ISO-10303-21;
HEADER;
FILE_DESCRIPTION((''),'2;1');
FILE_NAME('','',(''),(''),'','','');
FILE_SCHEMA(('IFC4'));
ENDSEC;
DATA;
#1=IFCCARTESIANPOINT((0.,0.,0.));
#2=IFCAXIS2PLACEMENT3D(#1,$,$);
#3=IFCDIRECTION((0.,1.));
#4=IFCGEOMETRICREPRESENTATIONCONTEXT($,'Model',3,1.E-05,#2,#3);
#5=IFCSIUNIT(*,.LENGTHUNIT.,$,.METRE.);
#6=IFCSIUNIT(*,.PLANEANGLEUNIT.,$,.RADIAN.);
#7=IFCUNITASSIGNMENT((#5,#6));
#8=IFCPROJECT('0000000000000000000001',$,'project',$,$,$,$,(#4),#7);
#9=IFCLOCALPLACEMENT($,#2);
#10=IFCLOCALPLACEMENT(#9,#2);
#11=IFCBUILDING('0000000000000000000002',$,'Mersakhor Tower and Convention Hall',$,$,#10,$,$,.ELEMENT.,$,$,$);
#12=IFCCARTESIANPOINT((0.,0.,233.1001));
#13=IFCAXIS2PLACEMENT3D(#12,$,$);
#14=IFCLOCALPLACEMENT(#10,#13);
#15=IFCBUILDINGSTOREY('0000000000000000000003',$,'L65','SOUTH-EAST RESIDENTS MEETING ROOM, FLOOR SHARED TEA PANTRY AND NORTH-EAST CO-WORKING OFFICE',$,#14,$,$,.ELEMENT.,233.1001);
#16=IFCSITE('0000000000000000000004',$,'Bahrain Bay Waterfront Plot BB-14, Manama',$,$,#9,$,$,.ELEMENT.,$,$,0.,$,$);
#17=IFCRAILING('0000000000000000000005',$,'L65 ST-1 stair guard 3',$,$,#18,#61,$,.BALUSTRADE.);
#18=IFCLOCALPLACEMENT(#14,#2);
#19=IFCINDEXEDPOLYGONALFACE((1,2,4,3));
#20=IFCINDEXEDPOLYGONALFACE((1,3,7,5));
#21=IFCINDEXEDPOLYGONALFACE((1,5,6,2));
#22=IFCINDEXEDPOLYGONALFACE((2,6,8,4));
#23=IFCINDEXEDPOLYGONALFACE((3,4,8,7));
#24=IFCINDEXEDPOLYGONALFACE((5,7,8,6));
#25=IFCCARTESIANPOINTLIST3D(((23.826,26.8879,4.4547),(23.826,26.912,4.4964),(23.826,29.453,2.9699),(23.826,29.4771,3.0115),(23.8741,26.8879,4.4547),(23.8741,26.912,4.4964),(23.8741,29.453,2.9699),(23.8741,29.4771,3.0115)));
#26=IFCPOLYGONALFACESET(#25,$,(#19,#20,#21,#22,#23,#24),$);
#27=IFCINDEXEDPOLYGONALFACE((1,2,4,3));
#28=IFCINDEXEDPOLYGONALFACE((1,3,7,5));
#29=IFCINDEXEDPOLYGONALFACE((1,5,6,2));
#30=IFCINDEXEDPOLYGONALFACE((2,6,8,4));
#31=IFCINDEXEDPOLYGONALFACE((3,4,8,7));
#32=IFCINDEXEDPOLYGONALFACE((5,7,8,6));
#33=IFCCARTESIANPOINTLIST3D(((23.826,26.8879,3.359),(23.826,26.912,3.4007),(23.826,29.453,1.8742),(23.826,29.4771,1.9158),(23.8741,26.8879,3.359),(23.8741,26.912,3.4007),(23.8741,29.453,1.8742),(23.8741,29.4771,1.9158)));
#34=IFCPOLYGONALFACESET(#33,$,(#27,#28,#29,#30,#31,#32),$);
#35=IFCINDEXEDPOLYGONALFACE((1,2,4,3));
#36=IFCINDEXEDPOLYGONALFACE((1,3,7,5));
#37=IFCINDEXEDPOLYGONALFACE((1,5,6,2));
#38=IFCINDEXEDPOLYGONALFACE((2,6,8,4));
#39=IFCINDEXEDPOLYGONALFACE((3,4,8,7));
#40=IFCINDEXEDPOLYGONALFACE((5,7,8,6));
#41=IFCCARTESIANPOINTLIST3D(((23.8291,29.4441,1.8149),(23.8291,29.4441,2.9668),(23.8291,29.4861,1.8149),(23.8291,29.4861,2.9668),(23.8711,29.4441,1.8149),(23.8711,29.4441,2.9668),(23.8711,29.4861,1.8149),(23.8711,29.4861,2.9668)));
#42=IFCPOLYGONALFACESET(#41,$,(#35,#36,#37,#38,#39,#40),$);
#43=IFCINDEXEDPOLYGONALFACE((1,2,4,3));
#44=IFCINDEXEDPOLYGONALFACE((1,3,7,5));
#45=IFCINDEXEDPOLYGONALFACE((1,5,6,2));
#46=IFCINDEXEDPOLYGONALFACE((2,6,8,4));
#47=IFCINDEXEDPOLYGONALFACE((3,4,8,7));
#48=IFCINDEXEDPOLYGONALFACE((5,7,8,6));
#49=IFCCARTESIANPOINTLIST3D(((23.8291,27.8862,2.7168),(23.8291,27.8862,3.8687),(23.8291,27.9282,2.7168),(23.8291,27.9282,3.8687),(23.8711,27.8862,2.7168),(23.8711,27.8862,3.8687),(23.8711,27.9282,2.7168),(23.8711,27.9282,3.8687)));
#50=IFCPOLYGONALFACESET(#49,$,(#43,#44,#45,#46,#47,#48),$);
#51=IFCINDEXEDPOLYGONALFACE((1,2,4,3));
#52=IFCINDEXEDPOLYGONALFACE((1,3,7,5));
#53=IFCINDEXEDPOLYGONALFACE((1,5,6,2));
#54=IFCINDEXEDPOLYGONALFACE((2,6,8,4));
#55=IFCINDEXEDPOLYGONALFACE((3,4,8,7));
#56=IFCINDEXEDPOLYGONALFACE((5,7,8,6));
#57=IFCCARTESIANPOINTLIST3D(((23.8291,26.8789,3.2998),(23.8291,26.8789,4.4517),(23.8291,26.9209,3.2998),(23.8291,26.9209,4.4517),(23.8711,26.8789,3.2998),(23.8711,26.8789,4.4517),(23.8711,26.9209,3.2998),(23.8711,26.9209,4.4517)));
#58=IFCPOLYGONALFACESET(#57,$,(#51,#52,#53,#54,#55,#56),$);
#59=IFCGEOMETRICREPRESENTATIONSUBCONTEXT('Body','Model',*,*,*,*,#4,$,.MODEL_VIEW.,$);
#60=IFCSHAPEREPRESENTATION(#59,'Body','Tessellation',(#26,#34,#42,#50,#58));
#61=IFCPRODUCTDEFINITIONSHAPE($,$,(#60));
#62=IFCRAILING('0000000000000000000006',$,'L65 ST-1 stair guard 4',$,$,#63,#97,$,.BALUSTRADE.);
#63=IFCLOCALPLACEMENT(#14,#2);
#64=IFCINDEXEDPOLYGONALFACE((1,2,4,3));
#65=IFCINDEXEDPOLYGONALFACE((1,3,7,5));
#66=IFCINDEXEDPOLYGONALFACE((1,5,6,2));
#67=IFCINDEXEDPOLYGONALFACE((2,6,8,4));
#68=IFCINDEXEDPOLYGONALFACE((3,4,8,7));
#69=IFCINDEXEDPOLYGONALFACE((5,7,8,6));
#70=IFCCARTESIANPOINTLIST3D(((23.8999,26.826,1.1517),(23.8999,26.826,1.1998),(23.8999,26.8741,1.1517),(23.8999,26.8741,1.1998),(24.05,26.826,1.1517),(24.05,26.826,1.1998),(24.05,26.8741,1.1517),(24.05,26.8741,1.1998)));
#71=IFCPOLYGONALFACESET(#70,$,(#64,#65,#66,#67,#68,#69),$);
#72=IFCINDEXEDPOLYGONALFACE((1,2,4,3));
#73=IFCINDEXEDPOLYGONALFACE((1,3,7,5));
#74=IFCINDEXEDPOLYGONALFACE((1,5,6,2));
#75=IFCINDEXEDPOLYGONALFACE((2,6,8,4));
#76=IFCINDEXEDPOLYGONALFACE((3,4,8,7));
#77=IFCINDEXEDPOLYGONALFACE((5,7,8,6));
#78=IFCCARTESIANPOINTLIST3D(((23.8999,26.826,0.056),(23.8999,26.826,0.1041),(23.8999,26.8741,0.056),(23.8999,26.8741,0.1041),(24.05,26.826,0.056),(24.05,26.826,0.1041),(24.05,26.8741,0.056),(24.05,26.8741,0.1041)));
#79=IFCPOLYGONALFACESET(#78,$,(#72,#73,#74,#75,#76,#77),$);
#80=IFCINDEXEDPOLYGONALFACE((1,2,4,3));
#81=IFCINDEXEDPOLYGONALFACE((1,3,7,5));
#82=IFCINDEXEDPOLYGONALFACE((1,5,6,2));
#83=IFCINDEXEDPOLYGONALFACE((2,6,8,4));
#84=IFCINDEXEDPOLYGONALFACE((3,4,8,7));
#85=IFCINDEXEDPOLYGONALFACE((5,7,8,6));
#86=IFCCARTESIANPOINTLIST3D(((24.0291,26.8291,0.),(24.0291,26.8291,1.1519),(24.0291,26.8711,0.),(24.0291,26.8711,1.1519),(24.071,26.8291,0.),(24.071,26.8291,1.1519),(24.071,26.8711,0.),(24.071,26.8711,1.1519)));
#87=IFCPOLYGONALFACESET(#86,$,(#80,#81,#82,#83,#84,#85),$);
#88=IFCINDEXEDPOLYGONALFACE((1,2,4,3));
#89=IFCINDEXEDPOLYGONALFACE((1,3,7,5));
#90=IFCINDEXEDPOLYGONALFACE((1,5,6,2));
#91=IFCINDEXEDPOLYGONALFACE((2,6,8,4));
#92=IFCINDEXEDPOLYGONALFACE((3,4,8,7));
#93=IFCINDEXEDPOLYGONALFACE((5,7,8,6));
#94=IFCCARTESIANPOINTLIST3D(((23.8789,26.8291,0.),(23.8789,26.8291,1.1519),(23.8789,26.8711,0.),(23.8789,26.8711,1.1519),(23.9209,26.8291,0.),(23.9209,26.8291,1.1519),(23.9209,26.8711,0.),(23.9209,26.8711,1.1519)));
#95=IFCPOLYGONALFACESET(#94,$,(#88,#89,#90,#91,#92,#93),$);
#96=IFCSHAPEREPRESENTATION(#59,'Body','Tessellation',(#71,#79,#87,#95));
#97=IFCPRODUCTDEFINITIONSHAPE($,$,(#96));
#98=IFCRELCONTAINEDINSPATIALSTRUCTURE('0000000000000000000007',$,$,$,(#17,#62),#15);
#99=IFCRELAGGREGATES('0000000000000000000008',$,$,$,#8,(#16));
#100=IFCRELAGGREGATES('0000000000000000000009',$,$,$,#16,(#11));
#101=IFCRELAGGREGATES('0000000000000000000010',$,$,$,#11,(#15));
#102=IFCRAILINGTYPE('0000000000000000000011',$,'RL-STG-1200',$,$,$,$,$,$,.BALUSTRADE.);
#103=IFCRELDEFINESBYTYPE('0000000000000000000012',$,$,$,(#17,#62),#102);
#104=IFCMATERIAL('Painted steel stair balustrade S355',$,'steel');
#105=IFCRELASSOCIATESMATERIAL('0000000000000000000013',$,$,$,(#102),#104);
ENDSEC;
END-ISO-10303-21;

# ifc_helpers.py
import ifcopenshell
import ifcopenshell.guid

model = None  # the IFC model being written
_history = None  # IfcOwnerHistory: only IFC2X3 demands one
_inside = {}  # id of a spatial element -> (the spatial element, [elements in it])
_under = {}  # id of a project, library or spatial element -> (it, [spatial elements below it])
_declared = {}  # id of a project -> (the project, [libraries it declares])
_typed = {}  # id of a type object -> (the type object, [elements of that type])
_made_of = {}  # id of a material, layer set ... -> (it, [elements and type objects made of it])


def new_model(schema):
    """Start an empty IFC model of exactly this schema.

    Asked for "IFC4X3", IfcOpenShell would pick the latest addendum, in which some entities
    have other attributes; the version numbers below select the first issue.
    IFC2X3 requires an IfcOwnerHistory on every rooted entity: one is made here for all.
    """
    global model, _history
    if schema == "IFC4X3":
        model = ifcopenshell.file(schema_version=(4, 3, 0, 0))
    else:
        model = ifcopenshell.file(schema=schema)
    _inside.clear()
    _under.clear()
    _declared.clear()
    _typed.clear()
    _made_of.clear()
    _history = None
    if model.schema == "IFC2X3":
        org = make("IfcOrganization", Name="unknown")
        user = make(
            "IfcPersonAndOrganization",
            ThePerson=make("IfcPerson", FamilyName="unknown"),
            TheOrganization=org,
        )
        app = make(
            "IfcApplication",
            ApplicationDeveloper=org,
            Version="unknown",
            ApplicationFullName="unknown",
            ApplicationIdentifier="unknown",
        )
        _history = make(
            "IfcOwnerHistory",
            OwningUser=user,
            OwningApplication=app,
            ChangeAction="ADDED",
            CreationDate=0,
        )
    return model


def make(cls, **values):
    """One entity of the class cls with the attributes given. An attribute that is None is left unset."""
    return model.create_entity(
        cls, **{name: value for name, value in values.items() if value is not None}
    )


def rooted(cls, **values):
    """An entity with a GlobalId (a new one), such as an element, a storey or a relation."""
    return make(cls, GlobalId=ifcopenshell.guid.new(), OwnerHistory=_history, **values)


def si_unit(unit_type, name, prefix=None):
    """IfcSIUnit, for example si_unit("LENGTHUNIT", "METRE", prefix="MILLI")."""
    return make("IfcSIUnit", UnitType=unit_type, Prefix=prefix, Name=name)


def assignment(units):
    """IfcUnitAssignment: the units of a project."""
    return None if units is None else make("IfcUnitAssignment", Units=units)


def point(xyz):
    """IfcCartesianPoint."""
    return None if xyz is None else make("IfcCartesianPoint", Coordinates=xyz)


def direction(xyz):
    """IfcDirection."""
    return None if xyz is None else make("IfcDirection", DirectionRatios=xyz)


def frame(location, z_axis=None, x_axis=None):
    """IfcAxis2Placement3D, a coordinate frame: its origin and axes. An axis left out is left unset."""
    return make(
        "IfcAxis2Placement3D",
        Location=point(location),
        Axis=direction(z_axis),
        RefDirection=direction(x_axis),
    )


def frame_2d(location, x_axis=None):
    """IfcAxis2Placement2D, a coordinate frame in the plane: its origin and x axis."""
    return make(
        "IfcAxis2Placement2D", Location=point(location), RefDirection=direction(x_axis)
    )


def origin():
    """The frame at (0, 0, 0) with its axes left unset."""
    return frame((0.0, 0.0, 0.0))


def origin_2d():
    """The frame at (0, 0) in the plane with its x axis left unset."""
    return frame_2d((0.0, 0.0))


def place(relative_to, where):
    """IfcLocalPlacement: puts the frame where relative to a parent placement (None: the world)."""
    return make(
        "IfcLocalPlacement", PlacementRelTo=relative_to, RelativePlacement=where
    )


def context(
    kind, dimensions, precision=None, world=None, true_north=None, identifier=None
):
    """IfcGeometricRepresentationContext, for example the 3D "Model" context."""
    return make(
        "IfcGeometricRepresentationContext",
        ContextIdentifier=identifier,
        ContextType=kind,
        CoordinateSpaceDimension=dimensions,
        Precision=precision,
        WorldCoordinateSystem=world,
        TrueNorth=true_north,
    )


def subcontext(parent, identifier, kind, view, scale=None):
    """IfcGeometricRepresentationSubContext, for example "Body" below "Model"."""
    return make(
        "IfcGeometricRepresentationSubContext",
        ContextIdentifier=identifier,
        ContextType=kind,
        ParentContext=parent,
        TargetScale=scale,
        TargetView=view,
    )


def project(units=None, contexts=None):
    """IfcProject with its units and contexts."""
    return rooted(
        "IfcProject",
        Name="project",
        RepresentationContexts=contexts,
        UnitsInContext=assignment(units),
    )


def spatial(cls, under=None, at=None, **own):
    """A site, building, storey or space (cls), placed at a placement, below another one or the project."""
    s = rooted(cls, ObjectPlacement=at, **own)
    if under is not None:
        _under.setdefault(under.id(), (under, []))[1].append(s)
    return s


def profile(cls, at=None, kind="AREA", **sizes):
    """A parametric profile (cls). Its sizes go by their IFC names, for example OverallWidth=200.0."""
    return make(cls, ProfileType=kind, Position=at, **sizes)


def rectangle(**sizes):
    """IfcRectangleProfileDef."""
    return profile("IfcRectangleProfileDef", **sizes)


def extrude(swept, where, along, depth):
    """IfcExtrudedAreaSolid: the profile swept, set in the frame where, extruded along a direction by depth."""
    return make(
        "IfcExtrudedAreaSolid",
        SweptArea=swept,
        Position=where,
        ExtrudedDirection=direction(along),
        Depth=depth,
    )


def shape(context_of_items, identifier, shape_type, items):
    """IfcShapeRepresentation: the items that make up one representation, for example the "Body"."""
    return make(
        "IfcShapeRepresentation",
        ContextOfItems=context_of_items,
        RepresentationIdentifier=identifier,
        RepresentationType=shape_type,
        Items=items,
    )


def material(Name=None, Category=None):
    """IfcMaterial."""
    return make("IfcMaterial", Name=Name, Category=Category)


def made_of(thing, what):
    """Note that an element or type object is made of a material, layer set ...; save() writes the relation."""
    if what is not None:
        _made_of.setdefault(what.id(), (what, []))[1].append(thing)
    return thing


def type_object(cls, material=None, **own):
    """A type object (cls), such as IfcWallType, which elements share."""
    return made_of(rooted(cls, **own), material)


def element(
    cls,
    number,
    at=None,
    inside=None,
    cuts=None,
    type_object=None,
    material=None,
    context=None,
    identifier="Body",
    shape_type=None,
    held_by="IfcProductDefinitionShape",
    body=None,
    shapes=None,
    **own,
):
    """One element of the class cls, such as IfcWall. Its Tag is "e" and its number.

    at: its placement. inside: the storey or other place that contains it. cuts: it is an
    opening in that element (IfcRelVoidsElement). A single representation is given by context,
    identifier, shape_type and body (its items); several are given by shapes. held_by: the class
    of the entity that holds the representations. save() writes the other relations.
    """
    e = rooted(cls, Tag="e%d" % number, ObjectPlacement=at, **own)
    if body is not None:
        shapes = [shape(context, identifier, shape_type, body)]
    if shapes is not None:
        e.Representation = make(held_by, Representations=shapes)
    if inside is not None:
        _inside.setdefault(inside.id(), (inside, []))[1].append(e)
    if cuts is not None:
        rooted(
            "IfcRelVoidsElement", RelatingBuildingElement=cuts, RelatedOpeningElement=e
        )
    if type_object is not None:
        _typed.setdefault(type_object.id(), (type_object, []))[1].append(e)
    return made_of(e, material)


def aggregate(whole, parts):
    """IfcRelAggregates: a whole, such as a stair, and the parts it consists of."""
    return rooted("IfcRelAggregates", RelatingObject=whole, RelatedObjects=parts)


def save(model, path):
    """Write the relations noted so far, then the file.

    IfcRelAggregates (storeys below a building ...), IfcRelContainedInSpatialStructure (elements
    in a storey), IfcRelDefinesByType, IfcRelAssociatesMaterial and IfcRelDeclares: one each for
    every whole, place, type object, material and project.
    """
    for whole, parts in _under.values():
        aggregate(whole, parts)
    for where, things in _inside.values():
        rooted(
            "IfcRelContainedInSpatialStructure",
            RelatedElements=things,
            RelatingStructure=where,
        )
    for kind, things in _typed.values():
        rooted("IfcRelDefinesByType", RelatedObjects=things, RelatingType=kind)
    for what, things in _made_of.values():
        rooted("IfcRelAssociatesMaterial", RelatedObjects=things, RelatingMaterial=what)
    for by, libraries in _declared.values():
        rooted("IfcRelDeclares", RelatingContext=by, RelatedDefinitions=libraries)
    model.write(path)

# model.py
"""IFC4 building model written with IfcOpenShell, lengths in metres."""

from ifc_helpers import new_model, si_unit, direction, frame, origin, origin_2d, place, context, subcontext, project, spatial, rectangle, extrude, material, type_object, element, save


model = new_model("IFC4")

# Units and contexts
model_context = context("Model", 3, precision=1e-05, world=origin(), true_north=direction((0.0, 1.0)))
body_context = subcontext(model_context, "Body", "Model", "MODEL_VIEW")
ifc_project = project(units=[si_unit("LENGTHUNIT", "METRE"), si_unit("PLANEANGLEUNIT", "RADIAN")], contexts=[model_context])

# Site, building, storey
site_placement = place(None, origin())
site = spatial("IfcSite", under=ifc_project, at=site_placement, Name="Bahrain Bay Waterfront Plot BB-14, Manama", CompositionType="ELEMENT", RefElevation=0.0)
building_placement = place(site_placement, origin())
building = spatial("IfcBuilding", under=site, at=building_placement, Name="Mersakhor Tower and Convention Hall", CompositionType="ELEMENT")
storey_placement = place(building_placement, frame((0.0, 0.0, 233.1001)))
storey = spatial("IfcBuildingStorey", under=building, at=storey_placement, Name="L65", Description="SOUTH-EAST RESIDENTS MEETING ROOM, FLOOR SHARED TEA PANTRY AND NORTH-EAST CO-WORKING OFFICE", CompositionType="ELEMENT", Elevation=233.1001)

# Railings
ifc_material_1 = material(Name="Painted steel stair balustrade S355", Category="steel")
railing_type_1 = type_object("IfcRailingType", Name="RL-STG-1200", PredefinedType="BALUSTRADE", material=ifc_material_1)
railing_1_placement = place(storey_placement, frame((23.8501, 29.4651, 1.8149)))
element("IfcRailing", 1, at=railing_1_placement, inside=storey, type_object=railing_type_1, Name="L65 ST-1 stair guard 3", PredefinedType="BALUSTRADE", context=body_context, shape_type="SweptSolid", body=[
    extrude(rectangle(XDim=0.0481, YDim=0.0481, at=origin_2d()), frame((0.0, 0.0, 1.1758), z_axis=(0.0, -0.865462, 0.500975), x_axis=(1.0, 0.0, 0.0)), (0.0, 0.0, 1.0), 2.9639),
    extrude(rectangle(XDim=0.0481, YDim=0.0481, at=origin_2d()), frame((0.0, 0.0, 0.0801), z_axis=(0.0, -0.865462, 0.500975), x_axis=(1.0, 0.0, 0.0)), (0.0, 0.0, 1.0), 2.9639),
    extrude(rectangle(XDim=0.042, YDim=0.042, at=origin_2d()), origin(), (0.0, 0.0, 1.0), 1.1519),
    extrude(rectangle(XDim=0.042, YDim=0.042, at=origin_2d()), frame((0.0, -1.5579, 0.9019)), (0.0, 0.0, 1.0), 1.1519),
    extrude(rectangle(XDim=0.042, YDim=0.042, at=origin_2d()), frame((0.0, -2.5652, 1.4849)), (0.0, 0.0, 1.0), 1.1519),
])
railing_2_placement = place(storey_placement, frame((24.05, 26.8501, 0.0)))
element("IfcRailing", 2, at=railing_2_placement, inside=storey, type_object=railing_type_1, Name="L65 ST-1 stair guard 4", PredefinedType="BALUSTRADE", context=body_context, shape_type="SweptSolid", body=[
    extrude(rectangle(XDim=0.0481, YDim=0.0481, at=origin_2d()), frame((0.0, 0.0, 1.1758), z_axis=(-1.0, 0.0, 0.0), x_axis=(0.0, -1.0, 0.0)), (0.0, 0.0, 1.0), 0.1501),
    extrude(rectangle(XDim=0.0481, YDim=0.0481, at=origin_2d()), frame((0.0, 0.0, 0.0801), z_axis=(-1.0, 0.0, 0.0), x_axis=(0.0, -1.0, 0.0)), (0.0, 0.0, 1.0), 0.1501),
    extrude(rectangle(XDim=0.042, YDim=0.042, at=origin_2d()), origin(), (0.0, 0.0, 1.0), 1.1519),
    extrude(rectangle(XDim=0.042, YDim=0.042, at=origin_2d()), frame((-0.1501, 0.0, 0.0)), (0.0, 0.0, 1.0), 1.1519),
])

save(model, "model.ifc")
